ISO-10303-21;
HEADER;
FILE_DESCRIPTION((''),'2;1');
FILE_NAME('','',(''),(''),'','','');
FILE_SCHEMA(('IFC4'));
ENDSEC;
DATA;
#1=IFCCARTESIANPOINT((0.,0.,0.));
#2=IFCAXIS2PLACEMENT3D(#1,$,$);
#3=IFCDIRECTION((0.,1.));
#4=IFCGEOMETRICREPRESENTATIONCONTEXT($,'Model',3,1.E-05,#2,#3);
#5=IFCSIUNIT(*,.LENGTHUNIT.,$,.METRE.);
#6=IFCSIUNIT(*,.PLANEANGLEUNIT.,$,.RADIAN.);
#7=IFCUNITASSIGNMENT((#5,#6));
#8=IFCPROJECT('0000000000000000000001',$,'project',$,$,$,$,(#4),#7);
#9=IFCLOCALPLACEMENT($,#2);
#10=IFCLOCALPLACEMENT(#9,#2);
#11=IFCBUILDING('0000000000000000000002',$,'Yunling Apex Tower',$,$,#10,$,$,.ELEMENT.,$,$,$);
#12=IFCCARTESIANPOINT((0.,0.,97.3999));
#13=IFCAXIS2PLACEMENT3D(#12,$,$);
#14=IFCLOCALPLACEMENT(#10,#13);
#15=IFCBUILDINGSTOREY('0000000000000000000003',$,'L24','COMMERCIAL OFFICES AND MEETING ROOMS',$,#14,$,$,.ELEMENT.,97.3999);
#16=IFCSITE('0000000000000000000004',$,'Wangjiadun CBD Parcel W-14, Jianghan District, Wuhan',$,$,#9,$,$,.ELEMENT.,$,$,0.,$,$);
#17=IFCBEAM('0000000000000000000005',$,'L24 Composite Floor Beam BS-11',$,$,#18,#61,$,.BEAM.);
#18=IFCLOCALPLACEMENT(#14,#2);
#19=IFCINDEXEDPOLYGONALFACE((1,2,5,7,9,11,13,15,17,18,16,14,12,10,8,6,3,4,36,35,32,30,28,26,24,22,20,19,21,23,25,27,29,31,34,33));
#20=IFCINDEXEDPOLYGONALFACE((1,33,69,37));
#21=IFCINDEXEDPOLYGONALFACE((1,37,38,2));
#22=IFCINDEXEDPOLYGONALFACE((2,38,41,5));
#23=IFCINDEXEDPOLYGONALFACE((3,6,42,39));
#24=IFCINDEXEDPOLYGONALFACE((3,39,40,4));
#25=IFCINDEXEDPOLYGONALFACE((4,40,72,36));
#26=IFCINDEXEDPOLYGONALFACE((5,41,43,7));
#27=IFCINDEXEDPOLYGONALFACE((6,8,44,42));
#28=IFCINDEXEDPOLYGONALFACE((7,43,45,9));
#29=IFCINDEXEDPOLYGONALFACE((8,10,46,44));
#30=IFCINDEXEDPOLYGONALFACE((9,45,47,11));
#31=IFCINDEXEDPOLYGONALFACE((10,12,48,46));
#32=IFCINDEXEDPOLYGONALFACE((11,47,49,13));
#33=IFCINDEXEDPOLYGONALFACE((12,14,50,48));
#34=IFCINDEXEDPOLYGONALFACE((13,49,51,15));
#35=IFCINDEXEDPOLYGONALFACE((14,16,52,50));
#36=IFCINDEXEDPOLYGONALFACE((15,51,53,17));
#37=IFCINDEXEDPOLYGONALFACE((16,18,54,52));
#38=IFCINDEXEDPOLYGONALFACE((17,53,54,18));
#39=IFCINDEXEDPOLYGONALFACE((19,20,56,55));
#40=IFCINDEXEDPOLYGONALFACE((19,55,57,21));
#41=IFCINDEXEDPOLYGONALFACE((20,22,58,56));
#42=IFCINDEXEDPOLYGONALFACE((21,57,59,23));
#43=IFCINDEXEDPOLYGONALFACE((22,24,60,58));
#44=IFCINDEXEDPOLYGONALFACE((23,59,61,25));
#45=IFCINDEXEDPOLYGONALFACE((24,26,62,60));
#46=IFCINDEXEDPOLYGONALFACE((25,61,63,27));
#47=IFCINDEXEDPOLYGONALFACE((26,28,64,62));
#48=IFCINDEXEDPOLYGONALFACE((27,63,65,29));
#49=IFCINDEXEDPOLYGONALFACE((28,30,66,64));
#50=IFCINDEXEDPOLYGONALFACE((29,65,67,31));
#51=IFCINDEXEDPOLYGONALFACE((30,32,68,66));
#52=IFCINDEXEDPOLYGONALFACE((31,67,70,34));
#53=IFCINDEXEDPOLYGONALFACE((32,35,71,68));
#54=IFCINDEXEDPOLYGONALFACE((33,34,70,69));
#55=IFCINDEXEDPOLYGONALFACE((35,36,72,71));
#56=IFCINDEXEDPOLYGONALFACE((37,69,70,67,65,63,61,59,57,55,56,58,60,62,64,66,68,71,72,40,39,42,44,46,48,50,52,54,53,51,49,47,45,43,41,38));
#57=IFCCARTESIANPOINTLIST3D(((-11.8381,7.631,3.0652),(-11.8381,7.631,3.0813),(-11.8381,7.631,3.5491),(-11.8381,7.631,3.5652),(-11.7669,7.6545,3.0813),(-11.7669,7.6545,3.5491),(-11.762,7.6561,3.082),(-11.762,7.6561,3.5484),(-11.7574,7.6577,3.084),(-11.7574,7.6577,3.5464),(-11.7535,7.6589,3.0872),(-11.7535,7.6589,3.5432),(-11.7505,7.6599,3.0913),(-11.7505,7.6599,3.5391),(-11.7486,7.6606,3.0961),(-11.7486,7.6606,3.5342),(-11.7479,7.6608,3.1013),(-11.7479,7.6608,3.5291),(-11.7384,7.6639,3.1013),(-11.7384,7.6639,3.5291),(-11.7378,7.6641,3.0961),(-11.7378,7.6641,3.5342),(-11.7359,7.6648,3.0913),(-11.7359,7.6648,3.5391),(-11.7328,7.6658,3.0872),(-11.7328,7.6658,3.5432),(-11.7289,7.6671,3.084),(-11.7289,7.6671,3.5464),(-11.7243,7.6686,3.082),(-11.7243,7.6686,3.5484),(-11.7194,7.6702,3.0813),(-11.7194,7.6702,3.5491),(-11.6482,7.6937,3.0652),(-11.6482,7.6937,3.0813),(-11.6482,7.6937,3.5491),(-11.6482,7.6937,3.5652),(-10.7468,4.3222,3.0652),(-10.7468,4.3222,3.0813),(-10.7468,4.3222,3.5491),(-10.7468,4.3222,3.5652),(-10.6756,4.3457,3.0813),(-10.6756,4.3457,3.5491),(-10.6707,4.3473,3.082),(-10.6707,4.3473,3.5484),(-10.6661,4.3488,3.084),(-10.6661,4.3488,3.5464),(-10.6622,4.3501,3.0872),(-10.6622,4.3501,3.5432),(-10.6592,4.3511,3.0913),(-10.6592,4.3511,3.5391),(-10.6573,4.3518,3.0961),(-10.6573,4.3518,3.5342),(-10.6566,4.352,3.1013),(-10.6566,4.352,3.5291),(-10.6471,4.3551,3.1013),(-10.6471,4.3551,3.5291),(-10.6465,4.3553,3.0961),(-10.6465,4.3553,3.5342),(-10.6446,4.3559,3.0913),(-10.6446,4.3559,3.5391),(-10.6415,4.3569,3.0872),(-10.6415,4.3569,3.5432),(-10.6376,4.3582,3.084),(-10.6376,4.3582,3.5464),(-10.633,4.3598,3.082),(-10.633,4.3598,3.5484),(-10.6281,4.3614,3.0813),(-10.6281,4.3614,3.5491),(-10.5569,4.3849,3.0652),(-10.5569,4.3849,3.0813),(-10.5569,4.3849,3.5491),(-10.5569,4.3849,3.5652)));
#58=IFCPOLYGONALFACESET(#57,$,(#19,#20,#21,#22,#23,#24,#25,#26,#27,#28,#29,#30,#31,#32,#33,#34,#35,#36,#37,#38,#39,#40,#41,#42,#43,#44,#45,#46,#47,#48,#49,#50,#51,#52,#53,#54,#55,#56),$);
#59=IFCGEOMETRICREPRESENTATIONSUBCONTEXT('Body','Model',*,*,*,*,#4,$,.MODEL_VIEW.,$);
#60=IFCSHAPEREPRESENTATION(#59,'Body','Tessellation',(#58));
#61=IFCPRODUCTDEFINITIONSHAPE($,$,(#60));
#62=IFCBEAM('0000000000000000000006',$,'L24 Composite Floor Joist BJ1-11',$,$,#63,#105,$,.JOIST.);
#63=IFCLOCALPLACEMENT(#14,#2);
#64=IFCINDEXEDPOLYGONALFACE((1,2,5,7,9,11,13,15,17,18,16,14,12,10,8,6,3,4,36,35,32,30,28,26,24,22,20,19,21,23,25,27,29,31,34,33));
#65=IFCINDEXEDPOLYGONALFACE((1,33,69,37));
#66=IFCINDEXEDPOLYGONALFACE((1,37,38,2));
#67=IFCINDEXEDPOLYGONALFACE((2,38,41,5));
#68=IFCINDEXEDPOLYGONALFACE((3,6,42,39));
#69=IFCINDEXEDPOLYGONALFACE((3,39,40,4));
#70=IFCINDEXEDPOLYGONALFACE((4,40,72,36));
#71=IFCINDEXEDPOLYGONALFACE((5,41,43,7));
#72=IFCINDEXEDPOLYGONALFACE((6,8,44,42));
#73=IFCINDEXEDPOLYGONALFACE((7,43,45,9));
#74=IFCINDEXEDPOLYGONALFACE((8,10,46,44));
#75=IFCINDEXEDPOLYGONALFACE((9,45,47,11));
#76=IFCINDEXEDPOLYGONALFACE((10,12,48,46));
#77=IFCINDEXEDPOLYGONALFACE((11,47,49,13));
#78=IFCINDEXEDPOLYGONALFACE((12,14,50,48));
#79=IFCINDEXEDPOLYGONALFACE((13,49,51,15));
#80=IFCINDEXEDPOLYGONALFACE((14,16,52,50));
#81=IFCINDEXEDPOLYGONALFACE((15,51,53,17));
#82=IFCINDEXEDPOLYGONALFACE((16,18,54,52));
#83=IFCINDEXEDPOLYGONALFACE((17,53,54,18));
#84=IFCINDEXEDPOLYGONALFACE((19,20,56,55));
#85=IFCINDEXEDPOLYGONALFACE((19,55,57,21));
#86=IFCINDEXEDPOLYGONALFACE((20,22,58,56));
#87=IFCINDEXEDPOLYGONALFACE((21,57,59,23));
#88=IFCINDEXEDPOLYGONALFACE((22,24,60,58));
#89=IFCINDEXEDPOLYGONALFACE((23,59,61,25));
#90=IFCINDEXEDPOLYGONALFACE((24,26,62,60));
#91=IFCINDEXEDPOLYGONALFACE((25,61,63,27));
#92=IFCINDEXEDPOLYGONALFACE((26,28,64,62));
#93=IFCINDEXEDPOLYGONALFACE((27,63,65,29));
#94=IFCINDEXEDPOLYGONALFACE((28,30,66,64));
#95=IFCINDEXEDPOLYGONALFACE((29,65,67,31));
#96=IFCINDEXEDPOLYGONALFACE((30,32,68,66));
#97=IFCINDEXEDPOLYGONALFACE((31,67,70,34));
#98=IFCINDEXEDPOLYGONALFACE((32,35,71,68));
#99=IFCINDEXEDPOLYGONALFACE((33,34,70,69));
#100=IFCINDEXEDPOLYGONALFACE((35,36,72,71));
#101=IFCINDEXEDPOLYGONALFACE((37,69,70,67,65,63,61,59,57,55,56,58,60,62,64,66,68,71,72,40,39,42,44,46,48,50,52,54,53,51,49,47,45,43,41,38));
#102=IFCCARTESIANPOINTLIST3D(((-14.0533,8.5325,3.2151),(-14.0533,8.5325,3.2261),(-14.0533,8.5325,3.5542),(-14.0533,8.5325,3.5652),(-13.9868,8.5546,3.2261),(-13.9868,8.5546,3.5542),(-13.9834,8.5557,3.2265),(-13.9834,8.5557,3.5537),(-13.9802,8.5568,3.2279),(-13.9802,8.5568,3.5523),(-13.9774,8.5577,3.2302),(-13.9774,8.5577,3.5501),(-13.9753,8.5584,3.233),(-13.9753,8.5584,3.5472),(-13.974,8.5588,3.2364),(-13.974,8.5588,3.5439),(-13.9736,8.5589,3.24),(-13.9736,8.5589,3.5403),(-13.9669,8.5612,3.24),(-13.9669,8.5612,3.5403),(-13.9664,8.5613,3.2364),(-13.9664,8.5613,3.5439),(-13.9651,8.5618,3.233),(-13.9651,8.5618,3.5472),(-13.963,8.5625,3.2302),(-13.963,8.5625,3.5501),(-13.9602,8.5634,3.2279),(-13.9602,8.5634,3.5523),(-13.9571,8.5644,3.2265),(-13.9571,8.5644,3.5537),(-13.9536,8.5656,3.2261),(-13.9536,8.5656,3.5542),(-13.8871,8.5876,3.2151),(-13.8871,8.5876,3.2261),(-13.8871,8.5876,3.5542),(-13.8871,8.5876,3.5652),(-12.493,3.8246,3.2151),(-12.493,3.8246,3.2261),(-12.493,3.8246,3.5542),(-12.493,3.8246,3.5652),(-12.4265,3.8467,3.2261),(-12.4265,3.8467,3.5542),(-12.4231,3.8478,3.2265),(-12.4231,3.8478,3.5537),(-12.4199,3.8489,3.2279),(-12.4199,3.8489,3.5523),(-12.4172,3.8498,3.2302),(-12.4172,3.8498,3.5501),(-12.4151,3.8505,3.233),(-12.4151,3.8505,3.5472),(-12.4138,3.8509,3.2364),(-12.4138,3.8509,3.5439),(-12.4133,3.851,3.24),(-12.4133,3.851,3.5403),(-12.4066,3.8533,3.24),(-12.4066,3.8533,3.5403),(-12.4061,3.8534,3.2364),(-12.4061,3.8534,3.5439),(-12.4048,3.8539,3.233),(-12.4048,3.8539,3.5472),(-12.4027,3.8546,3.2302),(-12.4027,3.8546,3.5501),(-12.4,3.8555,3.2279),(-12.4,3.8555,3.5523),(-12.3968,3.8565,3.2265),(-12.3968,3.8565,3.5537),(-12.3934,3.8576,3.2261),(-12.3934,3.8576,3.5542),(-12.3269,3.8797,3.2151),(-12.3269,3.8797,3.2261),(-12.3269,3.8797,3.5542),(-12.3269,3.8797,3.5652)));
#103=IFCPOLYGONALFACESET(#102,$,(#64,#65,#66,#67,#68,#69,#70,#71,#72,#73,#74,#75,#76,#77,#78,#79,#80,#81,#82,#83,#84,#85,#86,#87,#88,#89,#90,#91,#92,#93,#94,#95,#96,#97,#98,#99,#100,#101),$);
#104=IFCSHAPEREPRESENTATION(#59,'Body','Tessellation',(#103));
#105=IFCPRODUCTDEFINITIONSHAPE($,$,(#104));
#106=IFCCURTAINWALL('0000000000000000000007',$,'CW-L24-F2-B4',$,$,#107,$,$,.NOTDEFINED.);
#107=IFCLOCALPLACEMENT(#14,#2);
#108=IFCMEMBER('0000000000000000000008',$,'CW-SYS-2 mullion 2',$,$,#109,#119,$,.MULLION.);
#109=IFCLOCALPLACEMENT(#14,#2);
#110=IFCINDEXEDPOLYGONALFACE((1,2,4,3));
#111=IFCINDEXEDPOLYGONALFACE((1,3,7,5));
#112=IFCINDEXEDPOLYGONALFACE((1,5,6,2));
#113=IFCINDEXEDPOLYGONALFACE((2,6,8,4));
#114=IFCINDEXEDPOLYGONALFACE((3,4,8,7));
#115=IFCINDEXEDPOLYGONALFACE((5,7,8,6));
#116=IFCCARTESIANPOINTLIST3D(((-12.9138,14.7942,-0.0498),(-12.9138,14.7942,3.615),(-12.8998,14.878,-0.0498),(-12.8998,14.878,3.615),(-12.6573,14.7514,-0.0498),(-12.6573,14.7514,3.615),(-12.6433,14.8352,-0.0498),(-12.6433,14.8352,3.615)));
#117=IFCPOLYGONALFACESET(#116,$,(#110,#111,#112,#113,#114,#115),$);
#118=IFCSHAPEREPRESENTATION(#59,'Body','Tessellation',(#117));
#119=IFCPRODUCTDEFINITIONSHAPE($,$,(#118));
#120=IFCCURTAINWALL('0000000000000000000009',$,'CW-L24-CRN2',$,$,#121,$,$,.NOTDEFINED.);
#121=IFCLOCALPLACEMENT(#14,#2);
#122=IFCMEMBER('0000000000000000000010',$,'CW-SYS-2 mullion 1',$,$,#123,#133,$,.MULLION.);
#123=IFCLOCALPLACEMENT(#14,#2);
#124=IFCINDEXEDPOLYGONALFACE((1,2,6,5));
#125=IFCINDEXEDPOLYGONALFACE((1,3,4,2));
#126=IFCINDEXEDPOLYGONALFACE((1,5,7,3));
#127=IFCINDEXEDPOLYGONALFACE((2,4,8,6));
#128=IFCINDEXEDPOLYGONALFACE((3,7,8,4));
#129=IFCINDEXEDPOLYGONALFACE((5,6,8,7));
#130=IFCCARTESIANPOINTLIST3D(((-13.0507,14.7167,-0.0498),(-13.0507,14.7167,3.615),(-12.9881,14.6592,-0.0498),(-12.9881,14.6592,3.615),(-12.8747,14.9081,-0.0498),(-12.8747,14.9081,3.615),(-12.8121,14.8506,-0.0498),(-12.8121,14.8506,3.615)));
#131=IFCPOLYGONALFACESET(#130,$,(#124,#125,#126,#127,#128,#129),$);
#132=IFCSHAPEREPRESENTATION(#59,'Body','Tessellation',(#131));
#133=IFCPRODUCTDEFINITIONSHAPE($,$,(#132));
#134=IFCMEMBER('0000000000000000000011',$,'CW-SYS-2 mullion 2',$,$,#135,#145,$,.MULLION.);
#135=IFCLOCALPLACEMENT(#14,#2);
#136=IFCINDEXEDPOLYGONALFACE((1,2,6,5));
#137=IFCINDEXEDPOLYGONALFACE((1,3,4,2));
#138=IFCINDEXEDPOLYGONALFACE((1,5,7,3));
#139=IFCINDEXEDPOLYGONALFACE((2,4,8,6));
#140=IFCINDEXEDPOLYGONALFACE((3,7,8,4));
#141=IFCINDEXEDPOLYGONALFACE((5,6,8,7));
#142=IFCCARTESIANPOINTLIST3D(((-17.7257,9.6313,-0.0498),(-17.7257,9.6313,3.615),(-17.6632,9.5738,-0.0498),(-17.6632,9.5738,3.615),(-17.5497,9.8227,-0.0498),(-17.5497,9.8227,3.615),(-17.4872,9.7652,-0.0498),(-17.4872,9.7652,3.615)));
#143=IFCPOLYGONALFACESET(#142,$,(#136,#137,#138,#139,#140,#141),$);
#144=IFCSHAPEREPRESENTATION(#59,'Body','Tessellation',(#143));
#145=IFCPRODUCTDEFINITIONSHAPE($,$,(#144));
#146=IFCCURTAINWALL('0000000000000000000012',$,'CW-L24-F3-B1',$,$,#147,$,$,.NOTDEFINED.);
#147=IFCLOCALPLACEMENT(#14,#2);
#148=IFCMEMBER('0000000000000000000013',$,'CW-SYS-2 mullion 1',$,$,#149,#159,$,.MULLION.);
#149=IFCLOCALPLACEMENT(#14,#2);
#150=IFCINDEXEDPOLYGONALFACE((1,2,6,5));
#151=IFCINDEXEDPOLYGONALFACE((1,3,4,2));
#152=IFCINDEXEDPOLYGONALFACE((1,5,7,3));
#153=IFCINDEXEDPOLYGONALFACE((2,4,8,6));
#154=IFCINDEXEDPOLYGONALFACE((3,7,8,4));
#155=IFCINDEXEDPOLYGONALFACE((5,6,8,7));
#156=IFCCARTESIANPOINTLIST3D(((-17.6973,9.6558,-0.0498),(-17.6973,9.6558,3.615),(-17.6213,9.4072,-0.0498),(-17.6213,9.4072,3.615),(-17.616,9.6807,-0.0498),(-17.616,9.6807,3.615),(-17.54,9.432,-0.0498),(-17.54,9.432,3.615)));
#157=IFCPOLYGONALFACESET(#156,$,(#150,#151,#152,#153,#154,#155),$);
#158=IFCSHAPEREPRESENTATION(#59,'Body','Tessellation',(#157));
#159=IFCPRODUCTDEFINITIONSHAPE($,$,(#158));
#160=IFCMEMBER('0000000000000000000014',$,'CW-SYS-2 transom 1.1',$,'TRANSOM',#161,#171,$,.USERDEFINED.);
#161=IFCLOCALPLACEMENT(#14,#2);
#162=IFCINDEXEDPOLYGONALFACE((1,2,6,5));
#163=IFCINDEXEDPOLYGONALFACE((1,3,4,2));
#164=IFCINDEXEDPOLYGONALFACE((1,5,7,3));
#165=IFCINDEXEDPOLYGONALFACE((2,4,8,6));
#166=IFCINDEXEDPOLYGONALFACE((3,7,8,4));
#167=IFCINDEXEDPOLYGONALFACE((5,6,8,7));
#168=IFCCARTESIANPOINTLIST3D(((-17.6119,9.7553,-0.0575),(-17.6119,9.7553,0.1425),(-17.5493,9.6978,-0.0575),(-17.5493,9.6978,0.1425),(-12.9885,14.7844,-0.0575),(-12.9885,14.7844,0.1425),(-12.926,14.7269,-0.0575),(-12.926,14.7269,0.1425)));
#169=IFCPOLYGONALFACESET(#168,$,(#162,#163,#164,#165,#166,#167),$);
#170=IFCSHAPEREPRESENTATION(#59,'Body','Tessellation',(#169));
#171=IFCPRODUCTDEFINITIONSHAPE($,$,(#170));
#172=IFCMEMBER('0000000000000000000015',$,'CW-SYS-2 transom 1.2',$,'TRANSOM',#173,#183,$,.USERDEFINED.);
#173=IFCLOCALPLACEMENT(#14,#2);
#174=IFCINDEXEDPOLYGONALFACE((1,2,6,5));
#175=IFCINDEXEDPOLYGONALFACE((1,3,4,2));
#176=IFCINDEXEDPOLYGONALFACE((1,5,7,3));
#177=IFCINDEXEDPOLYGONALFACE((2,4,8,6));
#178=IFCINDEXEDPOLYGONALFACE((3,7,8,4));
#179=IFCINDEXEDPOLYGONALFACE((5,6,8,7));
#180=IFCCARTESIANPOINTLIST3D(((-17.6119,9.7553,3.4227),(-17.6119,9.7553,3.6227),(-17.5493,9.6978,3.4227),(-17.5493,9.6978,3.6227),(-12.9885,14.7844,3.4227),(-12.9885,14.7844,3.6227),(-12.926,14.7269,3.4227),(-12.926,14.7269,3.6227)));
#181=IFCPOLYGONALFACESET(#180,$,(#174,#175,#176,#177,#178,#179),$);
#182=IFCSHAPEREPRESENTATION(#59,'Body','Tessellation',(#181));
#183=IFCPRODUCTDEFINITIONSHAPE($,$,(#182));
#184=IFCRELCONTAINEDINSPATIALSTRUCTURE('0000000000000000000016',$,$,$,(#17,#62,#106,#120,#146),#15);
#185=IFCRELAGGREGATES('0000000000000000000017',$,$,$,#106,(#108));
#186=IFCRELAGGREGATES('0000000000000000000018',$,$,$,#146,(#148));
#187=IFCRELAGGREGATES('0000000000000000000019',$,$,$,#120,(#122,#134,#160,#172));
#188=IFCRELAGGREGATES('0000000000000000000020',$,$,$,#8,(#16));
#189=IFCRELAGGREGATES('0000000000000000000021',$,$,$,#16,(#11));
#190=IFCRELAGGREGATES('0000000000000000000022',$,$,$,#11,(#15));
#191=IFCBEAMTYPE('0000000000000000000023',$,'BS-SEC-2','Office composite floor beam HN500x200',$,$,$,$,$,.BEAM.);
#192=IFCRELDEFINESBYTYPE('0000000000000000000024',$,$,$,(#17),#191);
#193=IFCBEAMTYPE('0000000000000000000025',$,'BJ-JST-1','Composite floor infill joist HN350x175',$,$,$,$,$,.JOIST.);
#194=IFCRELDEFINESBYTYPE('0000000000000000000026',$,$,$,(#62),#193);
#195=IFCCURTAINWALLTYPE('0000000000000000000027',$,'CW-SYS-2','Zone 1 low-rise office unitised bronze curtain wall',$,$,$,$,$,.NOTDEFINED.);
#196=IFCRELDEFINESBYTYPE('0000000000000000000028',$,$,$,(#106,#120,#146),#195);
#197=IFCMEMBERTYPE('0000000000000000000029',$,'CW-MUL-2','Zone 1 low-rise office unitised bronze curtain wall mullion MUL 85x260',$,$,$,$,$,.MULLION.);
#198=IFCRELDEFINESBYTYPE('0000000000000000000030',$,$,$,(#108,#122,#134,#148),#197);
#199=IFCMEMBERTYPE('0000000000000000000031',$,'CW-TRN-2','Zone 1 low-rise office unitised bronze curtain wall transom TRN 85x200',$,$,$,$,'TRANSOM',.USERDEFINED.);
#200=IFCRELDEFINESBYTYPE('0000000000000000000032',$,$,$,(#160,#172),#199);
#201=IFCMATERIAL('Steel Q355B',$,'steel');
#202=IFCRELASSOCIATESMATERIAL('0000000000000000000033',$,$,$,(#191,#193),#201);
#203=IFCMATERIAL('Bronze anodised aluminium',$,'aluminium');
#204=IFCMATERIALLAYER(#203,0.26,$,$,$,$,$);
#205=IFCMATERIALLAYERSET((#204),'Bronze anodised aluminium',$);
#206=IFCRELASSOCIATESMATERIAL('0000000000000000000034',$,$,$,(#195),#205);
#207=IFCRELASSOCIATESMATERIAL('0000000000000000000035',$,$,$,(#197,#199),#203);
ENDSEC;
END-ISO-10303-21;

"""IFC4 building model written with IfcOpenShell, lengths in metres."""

from ifc_helpers import new_model, si_unit, direction, frame, origin, origin_2d, place, context, subcontext, project, spatial, rectangle, i_section, extrude, source, transform, mapped, material, layer, layer_set, material_profile, profile_set, type_object, element, aggregate, save


model = new_model("IFC4")

# Units and contexts
model_context = context("Model", 3, precision=1e-05, world=origin(), true_north=direction((0.0, 1.0)))
body_context = subcontext(model_context, "Body", "Model", "MODEL_VIEW")
ifc_project = project(units=[si_unit("LENGTHUNIT", "METRE"), si_unit("PLANEANGLEUNIT", "RADIAN")], contexts=[model_context])

# Site, building, storey
site_placement = place(None, origin())
site = spatial("IfcSite", under=ifc_project, at=site_placement, Name="Wangjiadun CBD Parcel W-14, Jianghan District, Wuhan", CompositionType="ELEMENT", RefElevation=0.0)
building_placement = place(site_placement, origin())
building = spatial("IfcBuilding", under=site, at=building_placement, Name="Yunling Apex Tower", CompositionType="ELEMENT")
storey_placement = place(building_placement, frame((0.0, 0.0, 97.3999)))
storey = spatial("IfcBuildingStorey", under=building, at=storey_placement, Name="L24", Description="COMMERCIAL OFFICES AND MEETING ROOMS", CompositionType="ELEMENT", Elevation=97.3999)

# Beams
ifc_material_1 = material(Name="Steel Q355B", Category="steel")
ifc_material_profile_1 = material_profile(ifc_material_1, i_section(OverallWidth=0.2, OverallDepth=0.5, WebThickness=0.01, FlangeThickness=0.0161, FilletRadius=0.02, at=origin_2d()))
ifc_profile_set_1 = profile_set([ifc_material_profile_1], Name="Steel Q355B")
beam_type_1 = type_object("IfcBeamType", Name="BS-SEC-2", Description="Office composite floor beam HN500x200", PredefinedType="BEAM", material=ifc_profile_set_1)
shared_shape_1 = source(origin(), body_context, "Body", "SweptSolid", [
    extrude(i_section(OverallWidth=0.2, OverallDepth=0.5, WebThickness=0.01, FlangeThickness=0.0161, FilletRadius=0.02, at=origin_2d()), origin(), (0.0, 0.0, 1.0), 3.4841),
])
beam_1_placement = place(storey_placement, frame((-11.7432, 7.6624, 3.3152), z_axis=(0.31322, -0.949681, 0.0), x_axis=(0.949681, 0.31322, 0.0)))
element("IfcBeam", 1, at=beam_1_placement, inside=storey, type_object=beam_type_1, Name="L24 Composite Floor Beam BS-11", PredefinedType="BEAM", context=body_context, shape_type="MappedRepresentation", body=[
    mapped(shared_shape_1, transform((0.0, 0.0, 0.0), scale=1.0)),
])
ifc_material_profile_2 = material_profile(ifc_material_1, i_section(OverallWidth=0.175, OverallDepth=0.3501, WebThickness=0.0071, FlangeThickness=0.011, FilletRadius=0.0139, at=origin_2d()))
ifc_profile_set_2 = profile_set([ifc_material_profile_2], Name="Steel Q355B")
beam_type_2 = type_object("IfcBeamType", Name="BJ-JST-1", Description="Composite floor infill joist HN350x175", PredefinedType="JOIST", material=ifc_profile_set_2)
shared_shape_2 = source(origin(), body_context, "Body", "SweptSolid", [
    extrude(i_section(OverallWidth=0.175, OverallDepth=0.3501, WebThickness=0.0071, FlangeThickness=0.011, FilletRadius=0.0139, at=origin_2d()), origin(), (0.0, 0.0, 1.0), 4.9597),
])
beam_2_placement = place(storey_placement, frame((-13.9702, 8.5601, 3.3901), z_axis=(0.314588, -0.949228, 0.0), x_axis=(0.949228, 0.314588, 0.0)))
element("IfcBeam", 2, at=beam_2_placement, inside=storey, type_object=beam_type_2, Name="L24 Composite Floor Joist BJ1-11", PredefinedType="JOIST", context=body_context, shape_type="MappedRepresentation", body=[
    mapped(shared_shape_2, transform((0.0, 0.0, 0.0), scale=1.0)),
])

# Curtain wall, member
ifc_material_2 = material(Name="Bronze anodised aluminium", Category="aluminium")
ifc_layer_1 = layer(ifc_material_2, 0.26)
ifc_layer_set_1 = layer_set([ifc_layer_1], Name="Bronze anodised aluminium")
curtain_wall_type = type_object("IfcCurtainWallType", Name="CW-SYS-2", Description="Zone 1 low-rise office unitised bronze curtain wall", PredefinedType="NOTDEFINED", material=ifc_layer_set_1)
curtain_wall_1_placement = place(storey_placement, origin())
curtain_wall_1 = element("IfcCurtainWall", 3, at=curtain_wall_1_placement, inside=storey, type_object=curtain_wall_type, Name="CW-L24-F2-B4", PredefinedType="NOTDEFINED")
ifc_material_profile_3 = material_profile(ifc_material_2, rectangle(XDim=0.085, YDim=0.26, at=origin_2d()))
ifc_profile_set_3 = profile_set([ifc_material_profile_3], Name="Bronze anodised aluminium")
member_type_1 = type_object("IfcMemberType", Name="CW-MUL-2", Description="Zone 1 low-rise office unitised bronze curtain wall mullion MUL 85x260", PredefinedType="MULLION", material=ifc_profile_set_3)
shared_shape_3 = source(origin(), body_context, "Body", "SweptSolid", [
    extrude(rectangle(XDim=0.085, YDim=0.26, at=origin_2d()), origin(), (0.0, 0.0, 1.0), 3.6648),
])
member_1_placement = place(storey_placement, frame((-12.7786, 14.8147, -0.0498), z_axis=(0.0, 0.0, 1.0), x_axis=(-0.16436, -0.9864, 0.0)))
member_1 = element("IfcMember", 4, at=member_1_placement, type_object=member_type_1, Name="CW-SYS-2 mullion 2", PredefinedType="MULLION", context=body_context, shape_type="MappedRepresentation", body=[
    mapped(shared_shape_3, transform((0.0, 0.0, 0.0), scale=1.0)),
])
aggregate(curtain_wall_1, [member_1])

# Curtain wall, members
curtain_wall_2_placement = place(storey_placement, origin())
curtain_wall_2 = element("IfcCurtainWall", 5, at=curtain_wall_2_placement, inside=storey, type_object=curtain_wall_type, Name="CW-L24-CRN2", PredefinedType="NOTDEFINED")
member_2_placement = place(storey_placement, frame((-12.9314, 14.7837, -0.0498), z_axis=(0.0, 0.0, 1.0), x_axis=(0.736185, -0.676781, 0.0)))
member_2 = element("IfcMember", 6, at=member_2_placement, type_object=member_type_1, Name="CW-SYS-2 mullion 1", PredefinedType="MULLION", context=body_context, shape_type="MappedRepresentation", body=[
    mapped(shared_shape_3, transform((0.0, 0.0, 0.0), scale=1.0)),
])
member_3_placement = place(storey_placement, frame((-17.6064, 9.6982, -0.0498), z_axis=(0.0, 0.0, 1.0), x_axis=(0.736185, -0.676781, 0.0)))
member_3 = element("IfcMember", 7, at=member_3_placement, type_object=member_type_1, Name="CW-SYS-2 mullion 2", PredefinedType="MULLION", context=body_context, shape_type="MappedRepresentation", body=[
    mapped(shared_shape_3, transform((0.0, 0.0, 0.0), scale=1.0)),
])

# Curtain wall, member
curtain_wall_3_placement = place(storey_placement, origin())
curtain_wall_3 = element("IfcCurtainWall", 8, at=curtain_wall_3_placement, inside=storey, type_object=curtain_wall_type, Name="CW-L24-F3-B1", PredefinedType="NOTDEFINED")
member_4_placement = place(storey_placement, frame((-17.6187, 9.5439, -0.0498), z_axis=(0.0, 0.0, 1.0), x_axis=(0.956304, 0.292373, 0.0)))
member_4 = element("IfcMember", 9, at=member_4_placement, type_object=member_type_1, Name="CW-SYS-2 mullion 1", PredefinedType="MULLION", context=body_context, shape_type="MappedRepresentation", body=[
    mapped(shared_shape_3, transform((0.0, 0.0, 0.0), scale=1.0)),
])

# Members
ifc_material_profile_4 = material_profile(ifc_material_2, rectangle(XDim=0.085, YDim=0.2, at=origin_2d()))
ifc_profile_set_4 = profile_set([ifc_material_profile_4], Name="Bronze anodised aluminium")
member_type_2 = type_object("IfcMemberType", Name="CW-TRN-2", Description="Zone 1 low-rise office unitised bronze curtain wall transom TRN 85x200", ElementType="TRANSOM", PredefinedType="USERDEFINED", material=ifc_profile_set_4)
shared_shape_4 = source(origin(), body_context, "Body", "SweptSolid", [
    extrude(rectangle(XDim=0.085, YDim=0.2, at=origin_2d()), origin(), (0.0, 0.0, 1.0), 6.8313),
])
member_5_placement = place(storey_placement, frame((-12.9573, 14.7556, 0.0425), z_axis=(-0.676784, -0.736182, 0.0), x_axis=(0.736182, -0.676784, 0.0)))
member_5 = element("IfcMember", 10, at=member_5_placement, type_object=member_type_2, Name="CW-SYS-2 transom 1.1", ObjectType="TRANSOM", PredefinedType="USERDEFINED", context=body_context, shape_type="MappedRepresentation", body=[
    mapped(shared_shape_4, transform((0.0, 0.0, 0.0), scale=1.0)),
])
member_6_placement = place(storey_placement, frame((-12.9573, 14.7556, 3.5227), z_axis=(-0.676784, -0.736182, 0.0), x_axis=(0.736182, -0.676784, 0.0)))
member_6 = element("IfcMember", 11, at=member_6_placement, type_object=member_type_2, Name="CW-SYS-2 transom 1.2", ObjectType="TRANSOM", PredefinedType="USERDEFINED", context=body_context, shape_type="MappedRepresentation", body=[
    mapped(shared_shape_4, transform((0.0, 0.0, 0.0), scale=1.0)),
])
aggregate(curtain_wall_3, [member_4])

aggregate(curtain_wall_2, [member_2, member_3, member_5, member_6])

save(model, "model.ifc")
